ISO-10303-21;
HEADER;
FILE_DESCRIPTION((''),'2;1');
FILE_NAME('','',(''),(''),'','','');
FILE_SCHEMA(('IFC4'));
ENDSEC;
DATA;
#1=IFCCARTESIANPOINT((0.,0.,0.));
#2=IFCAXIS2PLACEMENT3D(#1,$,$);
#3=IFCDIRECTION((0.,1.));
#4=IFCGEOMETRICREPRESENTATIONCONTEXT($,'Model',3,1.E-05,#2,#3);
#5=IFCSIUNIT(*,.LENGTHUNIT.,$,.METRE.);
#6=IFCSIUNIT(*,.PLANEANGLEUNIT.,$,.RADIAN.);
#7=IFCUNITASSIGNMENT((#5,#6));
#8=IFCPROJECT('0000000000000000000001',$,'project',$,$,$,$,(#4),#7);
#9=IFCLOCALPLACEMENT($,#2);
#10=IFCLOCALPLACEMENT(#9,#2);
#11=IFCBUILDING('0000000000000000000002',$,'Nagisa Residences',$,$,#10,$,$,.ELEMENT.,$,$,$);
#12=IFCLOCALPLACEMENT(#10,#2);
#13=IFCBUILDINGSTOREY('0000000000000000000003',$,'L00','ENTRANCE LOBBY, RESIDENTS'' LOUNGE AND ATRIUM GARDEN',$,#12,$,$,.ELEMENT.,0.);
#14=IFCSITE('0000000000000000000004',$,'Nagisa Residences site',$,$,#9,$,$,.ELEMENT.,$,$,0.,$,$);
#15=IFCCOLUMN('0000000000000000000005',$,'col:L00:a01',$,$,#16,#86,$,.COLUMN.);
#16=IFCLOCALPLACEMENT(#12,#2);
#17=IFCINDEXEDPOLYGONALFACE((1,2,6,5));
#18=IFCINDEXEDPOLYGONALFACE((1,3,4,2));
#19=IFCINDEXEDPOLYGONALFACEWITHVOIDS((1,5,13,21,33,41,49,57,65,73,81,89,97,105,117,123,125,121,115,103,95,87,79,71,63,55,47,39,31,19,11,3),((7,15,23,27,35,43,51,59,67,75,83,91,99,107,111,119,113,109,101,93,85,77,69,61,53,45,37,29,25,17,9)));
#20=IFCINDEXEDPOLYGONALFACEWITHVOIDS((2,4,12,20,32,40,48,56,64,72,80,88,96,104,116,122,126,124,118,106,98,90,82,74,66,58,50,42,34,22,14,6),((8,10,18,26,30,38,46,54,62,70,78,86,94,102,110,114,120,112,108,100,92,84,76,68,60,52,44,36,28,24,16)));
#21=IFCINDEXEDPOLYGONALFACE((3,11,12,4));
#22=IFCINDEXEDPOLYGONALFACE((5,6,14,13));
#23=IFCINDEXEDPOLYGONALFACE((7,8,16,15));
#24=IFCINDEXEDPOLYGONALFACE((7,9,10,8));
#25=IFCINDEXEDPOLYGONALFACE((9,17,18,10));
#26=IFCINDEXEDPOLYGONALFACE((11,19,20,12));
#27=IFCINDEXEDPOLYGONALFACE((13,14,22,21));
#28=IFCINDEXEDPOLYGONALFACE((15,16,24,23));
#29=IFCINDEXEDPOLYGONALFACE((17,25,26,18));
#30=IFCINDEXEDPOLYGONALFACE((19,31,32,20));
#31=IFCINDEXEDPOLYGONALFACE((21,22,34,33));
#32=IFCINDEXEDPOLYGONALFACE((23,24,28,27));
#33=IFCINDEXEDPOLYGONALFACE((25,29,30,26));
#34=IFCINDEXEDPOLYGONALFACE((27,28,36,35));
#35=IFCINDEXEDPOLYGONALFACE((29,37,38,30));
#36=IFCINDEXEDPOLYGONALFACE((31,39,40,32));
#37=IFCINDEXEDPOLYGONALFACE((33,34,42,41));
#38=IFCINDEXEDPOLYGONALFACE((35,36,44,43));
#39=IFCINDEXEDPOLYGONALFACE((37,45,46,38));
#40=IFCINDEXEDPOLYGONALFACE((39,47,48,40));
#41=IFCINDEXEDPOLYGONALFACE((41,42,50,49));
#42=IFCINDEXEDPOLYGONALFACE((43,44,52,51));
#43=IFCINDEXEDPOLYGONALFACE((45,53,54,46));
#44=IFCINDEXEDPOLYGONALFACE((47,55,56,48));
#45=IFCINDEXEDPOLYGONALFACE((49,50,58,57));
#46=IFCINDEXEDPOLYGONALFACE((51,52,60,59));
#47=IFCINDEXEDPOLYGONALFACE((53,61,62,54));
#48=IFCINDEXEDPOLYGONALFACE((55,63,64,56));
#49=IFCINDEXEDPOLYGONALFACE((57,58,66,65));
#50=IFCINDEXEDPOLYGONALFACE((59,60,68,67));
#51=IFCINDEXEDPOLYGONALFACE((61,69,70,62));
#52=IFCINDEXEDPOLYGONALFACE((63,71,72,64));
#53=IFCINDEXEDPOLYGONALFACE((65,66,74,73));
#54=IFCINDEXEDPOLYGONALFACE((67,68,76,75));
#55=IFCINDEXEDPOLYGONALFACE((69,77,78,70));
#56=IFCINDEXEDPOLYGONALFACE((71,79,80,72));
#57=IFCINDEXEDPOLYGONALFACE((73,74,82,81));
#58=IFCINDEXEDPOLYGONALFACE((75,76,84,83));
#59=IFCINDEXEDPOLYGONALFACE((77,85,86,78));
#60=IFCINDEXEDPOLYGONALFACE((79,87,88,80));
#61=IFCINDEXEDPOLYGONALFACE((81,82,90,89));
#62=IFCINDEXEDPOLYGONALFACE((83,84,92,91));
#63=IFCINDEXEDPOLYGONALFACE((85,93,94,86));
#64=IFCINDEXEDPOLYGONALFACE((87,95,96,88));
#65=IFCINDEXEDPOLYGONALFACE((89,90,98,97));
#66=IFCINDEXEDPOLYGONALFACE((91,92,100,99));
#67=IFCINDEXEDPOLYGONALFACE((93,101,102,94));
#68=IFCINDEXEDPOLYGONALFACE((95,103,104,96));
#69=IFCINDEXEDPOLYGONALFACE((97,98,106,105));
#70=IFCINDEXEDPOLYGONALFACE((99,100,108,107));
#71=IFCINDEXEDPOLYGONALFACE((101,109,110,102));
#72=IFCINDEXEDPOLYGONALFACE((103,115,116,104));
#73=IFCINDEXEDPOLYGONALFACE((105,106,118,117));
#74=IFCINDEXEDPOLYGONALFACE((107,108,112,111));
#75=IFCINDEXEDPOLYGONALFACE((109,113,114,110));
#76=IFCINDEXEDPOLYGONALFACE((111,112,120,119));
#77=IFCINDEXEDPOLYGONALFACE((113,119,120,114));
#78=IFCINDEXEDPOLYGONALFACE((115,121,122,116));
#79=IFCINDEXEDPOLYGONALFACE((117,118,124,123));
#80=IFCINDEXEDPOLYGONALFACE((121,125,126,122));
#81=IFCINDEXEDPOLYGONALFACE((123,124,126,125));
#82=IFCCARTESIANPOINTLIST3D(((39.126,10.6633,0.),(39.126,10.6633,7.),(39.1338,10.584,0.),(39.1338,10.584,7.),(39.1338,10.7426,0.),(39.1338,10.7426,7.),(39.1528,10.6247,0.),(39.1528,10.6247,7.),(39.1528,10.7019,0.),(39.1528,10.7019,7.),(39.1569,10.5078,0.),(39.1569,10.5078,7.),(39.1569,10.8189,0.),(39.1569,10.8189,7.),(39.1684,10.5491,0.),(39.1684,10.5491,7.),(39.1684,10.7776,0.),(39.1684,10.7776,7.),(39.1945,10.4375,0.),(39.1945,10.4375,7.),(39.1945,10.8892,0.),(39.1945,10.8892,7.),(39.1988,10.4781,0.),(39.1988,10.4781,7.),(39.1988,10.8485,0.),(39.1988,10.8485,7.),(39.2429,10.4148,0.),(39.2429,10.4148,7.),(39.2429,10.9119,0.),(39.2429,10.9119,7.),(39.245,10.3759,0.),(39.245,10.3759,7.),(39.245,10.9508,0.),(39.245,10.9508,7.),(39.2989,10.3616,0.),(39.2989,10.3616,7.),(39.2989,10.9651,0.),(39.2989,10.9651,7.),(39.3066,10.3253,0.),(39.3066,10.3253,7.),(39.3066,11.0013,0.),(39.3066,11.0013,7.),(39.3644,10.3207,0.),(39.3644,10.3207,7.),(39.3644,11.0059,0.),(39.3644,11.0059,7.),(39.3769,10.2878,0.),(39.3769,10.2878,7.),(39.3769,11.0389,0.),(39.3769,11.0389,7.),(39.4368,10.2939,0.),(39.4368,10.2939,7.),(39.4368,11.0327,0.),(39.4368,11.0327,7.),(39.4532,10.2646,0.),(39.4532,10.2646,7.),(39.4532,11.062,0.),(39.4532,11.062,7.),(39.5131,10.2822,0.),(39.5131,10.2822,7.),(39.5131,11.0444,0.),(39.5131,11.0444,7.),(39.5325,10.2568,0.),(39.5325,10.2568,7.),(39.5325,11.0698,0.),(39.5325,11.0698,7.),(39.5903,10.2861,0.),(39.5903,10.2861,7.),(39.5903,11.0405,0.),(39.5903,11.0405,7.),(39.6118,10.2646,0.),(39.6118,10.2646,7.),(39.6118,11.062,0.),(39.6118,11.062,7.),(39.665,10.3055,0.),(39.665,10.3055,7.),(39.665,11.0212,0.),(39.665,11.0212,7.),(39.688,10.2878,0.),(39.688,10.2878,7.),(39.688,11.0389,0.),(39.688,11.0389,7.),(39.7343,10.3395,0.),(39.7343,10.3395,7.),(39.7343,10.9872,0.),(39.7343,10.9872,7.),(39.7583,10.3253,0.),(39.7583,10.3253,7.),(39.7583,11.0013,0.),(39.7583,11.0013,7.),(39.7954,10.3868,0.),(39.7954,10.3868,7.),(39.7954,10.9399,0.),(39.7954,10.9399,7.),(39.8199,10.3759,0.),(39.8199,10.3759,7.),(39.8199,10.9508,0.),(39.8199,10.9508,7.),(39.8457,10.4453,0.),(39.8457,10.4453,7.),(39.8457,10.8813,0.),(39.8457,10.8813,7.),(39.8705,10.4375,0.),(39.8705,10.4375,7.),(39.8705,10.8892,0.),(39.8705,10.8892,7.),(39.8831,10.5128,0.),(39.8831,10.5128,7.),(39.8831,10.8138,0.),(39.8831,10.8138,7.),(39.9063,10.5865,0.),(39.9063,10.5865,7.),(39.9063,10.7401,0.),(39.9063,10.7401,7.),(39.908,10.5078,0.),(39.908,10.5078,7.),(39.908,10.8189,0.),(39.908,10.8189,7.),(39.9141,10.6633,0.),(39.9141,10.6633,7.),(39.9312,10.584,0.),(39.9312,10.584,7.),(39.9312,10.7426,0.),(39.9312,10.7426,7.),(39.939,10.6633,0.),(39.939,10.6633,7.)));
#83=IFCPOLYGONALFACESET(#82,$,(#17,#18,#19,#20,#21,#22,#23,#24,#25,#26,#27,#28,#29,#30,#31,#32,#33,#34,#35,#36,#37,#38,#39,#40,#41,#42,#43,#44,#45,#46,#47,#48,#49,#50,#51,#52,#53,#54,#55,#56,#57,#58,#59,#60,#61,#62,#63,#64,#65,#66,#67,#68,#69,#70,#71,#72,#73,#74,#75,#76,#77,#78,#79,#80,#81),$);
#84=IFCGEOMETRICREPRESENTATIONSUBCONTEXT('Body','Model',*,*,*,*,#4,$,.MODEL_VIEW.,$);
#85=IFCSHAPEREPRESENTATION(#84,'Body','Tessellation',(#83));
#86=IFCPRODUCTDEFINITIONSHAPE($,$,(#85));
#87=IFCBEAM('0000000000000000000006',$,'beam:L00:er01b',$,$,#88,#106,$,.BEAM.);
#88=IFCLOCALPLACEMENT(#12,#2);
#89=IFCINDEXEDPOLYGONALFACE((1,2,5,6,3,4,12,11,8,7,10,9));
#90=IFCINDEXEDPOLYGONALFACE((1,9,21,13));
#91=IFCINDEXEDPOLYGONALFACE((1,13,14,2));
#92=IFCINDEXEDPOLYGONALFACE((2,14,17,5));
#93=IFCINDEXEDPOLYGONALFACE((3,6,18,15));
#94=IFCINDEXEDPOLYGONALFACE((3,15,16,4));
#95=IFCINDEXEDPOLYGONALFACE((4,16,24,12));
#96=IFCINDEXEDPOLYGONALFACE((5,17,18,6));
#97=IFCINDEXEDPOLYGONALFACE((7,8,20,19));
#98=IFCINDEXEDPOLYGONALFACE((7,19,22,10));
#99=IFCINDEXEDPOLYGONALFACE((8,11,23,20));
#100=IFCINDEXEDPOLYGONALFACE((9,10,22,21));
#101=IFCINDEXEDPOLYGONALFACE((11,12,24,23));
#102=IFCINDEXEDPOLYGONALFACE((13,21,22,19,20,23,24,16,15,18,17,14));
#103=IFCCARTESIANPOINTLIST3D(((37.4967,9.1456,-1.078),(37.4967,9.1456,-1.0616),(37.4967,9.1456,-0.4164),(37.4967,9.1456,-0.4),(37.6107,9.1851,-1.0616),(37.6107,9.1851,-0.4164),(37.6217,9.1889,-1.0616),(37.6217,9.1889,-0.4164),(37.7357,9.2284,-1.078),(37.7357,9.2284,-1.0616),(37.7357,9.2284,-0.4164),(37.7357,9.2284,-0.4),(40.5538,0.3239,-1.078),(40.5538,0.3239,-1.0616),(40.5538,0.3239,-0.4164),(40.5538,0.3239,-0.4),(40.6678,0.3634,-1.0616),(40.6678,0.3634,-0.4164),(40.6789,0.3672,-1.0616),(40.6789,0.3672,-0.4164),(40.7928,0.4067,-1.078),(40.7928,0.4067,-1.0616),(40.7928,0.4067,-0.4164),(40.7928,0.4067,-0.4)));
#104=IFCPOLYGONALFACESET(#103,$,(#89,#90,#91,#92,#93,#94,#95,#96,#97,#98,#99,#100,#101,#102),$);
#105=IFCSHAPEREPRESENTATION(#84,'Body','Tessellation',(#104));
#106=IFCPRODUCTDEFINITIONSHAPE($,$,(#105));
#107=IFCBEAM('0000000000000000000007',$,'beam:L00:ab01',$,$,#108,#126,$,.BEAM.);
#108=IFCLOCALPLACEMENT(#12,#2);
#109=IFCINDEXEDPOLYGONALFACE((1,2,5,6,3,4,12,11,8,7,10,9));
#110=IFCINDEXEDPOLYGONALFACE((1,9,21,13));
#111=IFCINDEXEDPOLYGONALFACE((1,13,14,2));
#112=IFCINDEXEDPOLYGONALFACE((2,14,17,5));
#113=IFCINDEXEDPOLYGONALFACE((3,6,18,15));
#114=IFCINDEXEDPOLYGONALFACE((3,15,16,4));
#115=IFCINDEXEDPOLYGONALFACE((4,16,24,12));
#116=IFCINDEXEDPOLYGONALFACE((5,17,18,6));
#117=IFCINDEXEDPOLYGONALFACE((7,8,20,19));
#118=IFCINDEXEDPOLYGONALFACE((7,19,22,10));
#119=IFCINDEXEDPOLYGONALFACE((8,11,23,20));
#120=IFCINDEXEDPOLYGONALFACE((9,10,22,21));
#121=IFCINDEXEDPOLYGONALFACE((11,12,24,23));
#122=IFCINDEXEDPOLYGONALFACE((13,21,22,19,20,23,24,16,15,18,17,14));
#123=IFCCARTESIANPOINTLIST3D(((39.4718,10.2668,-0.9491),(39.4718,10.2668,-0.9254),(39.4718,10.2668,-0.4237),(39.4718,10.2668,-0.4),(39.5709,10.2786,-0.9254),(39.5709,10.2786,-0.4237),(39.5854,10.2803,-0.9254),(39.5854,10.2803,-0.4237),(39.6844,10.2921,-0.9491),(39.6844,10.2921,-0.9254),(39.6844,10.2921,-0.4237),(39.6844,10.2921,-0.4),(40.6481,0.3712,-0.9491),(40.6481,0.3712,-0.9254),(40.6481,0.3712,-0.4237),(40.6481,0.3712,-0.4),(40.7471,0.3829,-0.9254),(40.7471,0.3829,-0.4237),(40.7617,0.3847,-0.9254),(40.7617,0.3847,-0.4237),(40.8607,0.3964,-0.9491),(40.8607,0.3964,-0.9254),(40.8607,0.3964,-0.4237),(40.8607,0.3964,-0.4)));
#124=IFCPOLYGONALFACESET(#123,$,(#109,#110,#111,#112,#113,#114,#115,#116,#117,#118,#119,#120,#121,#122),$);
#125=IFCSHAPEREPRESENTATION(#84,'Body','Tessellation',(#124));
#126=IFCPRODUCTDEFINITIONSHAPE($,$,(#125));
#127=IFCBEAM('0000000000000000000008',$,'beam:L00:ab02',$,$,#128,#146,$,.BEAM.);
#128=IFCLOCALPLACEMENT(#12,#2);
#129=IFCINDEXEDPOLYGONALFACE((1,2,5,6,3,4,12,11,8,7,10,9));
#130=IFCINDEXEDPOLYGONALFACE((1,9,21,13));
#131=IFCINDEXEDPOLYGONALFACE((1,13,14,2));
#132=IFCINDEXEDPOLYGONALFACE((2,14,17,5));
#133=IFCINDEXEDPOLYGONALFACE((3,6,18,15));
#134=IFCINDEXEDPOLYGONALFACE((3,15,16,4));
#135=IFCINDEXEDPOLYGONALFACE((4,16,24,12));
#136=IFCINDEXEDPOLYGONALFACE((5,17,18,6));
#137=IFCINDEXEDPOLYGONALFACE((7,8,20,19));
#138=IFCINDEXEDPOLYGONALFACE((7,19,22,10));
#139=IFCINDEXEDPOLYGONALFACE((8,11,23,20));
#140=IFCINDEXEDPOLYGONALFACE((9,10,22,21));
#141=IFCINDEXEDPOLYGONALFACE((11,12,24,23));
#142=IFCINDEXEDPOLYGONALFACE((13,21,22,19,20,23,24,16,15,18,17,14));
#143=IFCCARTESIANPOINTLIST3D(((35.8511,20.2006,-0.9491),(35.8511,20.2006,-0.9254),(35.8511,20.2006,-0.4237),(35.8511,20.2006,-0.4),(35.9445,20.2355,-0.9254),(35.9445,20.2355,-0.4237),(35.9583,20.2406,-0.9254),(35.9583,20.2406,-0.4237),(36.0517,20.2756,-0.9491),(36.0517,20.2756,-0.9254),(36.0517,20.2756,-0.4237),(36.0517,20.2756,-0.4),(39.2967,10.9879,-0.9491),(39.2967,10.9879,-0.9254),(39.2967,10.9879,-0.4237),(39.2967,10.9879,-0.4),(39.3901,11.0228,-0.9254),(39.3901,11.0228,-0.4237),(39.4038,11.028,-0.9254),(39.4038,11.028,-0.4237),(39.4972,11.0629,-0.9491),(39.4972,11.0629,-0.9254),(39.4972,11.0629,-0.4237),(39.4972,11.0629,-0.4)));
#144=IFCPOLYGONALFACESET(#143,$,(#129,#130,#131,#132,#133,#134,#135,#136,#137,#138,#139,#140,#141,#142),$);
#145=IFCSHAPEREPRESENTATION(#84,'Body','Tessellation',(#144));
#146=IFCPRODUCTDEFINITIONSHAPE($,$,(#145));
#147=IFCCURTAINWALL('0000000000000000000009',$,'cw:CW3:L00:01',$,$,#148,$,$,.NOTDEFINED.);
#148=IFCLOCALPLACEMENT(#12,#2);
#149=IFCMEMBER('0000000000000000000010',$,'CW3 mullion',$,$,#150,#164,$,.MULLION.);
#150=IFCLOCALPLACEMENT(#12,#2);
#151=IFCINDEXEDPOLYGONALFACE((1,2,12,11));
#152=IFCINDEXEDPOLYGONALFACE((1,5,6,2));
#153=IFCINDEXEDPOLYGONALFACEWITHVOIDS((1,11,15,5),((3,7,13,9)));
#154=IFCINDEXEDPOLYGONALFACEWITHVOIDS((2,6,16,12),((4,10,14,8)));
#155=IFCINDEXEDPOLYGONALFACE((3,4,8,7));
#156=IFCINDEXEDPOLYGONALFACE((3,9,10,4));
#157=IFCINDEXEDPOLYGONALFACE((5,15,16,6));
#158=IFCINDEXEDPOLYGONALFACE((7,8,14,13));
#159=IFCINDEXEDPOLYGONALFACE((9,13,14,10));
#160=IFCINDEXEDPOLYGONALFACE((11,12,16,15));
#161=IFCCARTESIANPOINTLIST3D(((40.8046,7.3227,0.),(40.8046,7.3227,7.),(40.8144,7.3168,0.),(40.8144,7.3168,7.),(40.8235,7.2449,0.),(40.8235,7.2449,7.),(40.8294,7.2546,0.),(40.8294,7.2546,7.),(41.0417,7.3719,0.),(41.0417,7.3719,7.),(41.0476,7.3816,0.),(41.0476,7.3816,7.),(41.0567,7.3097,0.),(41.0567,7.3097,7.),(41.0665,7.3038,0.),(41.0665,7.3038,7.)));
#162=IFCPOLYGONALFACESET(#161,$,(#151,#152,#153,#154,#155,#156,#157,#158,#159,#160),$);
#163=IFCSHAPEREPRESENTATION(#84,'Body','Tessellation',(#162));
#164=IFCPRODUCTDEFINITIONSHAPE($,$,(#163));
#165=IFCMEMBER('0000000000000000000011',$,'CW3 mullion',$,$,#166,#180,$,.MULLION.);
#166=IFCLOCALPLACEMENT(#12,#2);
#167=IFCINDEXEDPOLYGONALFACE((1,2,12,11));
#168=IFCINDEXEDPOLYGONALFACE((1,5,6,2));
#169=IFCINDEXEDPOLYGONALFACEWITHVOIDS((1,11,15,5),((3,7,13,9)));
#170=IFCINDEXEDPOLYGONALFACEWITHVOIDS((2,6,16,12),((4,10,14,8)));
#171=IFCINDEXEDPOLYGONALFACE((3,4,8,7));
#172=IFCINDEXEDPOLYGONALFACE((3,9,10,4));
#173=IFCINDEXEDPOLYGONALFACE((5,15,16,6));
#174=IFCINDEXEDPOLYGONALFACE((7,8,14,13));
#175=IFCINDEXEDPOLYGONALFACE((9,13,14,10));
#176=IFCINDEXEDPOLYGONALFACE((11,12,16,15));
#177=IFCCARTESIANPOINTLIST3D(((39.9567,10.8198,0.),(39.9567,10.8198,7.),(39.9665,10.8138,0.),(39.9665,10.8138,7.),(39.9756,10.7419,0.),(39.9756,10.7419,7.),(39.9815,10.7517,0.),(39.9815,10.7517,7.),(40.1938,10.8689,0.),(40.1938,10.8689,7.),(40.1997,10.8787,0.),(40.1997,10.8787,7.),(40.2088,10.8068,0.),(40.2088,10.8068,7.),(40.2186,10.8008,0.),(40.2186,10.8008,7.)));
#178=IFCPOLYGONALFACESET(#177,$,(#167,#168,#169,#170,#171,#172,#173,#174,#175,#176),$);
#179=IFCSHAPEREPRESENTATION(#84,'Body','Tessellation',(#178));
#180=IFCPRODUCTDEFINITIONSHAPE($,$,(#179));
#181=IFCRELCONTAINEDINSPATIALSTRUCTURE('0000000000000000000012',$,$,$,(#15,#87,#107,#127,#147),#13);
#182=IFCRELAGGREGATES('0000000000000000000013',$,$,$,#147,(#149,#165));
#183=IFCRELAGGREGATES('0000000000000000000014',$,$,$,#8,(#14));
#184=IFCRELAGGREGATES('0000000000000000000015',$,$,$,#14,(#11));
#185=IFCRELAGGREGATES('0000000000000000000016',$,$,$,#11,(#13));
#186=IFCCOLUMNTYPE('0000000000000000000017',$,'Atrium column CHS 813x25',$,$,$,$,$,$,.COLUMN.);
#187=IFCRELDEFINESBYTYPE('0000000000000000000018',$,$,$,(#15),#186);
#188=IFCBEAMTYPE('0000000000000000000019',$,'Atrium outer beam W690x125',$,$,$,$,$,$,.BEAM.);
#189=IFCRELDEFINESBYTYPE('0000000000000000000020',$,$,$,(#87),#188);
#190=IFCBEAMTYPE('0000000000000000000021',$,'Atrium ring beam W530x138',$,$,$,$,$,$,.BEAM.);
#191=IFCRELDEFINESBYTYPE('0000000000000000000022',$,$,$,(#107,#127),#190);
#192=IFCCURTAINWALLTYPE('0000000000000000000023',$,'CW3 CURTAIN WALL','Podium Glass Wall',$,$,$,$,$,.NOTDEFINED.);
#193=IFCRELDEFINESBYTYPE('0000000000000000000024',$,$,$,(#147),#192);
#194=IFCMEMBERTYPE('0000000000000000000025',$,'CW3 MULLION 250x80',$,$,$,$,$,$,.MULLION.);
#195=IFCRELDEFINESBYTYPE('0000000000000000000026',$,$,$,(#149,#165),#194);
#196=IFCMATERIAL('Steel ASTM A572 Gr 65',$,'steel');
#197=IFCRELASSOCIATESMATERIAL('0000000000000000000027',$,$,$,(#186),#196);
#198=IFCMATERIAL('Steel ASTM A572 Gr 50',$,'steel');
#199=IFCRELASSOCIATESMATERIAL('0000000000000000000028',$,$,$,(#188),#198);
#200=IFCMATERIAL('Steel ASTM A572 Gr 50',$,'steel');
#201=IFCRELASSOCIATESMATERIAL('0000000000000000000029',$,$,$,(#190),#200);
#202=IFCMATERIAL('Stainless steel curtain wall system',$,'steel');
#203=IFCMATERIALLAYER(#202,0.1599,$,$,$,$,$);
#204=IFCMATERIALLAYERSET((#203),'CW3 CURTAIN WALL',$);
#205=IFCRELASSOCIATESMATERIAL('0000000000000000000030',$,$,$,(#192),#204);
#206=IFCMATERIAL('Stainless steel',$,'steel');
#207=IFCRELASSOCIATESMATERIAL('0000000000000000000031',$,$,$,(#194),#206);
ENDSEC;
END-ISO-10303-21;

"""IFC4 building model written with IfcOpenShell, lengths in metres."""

from ifc_helpers import new_model, si_unit, direction, frame, origin, origin_2d, place, context, subcontext, project, spatial, hollow_rectangle, hollow_circle, i_section, extrude, material, layer, layer_set, material_profile, profile_set, type_object, element, aggregate, save


model = new_model("IFC4")

# Units and contexts
model_context = context("Model", 3, precision=1e-05, world=origin(), true_north=direction((0.0, 1.0)))
body_context = subcontext(model_context, "Body", "Model", "MODEL_VIEW")
ifc_project = project(units=[si_unit("LENGTHUNIT", "METRE"), si_unit("PLANEANGLEUNIT", "RADIAN")], contexts=[model_context])

# Site, building, storey
site_placement = place(None, origin())
site = spatial("IfcSite", under=ifc_project, at=site_placement, Name="Nagisa Residences site", CompositionType="ELEMENT", RefElevation=0.0)
building_placement = place(site_placement, origin())
building = spatial("IfcBuilding", under=site, at=building_placement, Name="Nagisa Residences", CompositionType="ELEMENT")
storey_placement = place(building_placement, origin())
storey = spatial("IfcBuildingStorey", under=building, at=storey_placement, Name="L00", Description="ENTRANCE LOBBY, RESIDENTS' LOUNGE AND ATRIUM GARDEN", CompositionType="ELEMENT", Elevation=0.0)

# Column
ifc_material_1 = material(Name="Steel ASTM A572 Gr 65", Category="steel")
ifc_material_profile_1 = material_profile(ifc_material_1, hollow_circle(Radius=0.4065, WallThickness=0.0249, at=origin_2d()), Name="CHS 813x25")
ifc_profile_set_1 = profile_set([ifc_material_profile_1], Name="Steel ASTM A572 Gr 65")
column_type = type_object("IfcColumnType", Name="Atrium column CHS 813x25", PredefinedType="COLUMN", material=ifc_profile_set_1)
column_placement = place(storey_placement, frame((39.5325, 10.6633, 0.0), z_axis=(0.0, 0.0, 1.0), x_axis=(1.0, 0.0, 0.0)))
element("IfcColumn", 1, at=column_placement, inside=storey, type_object=column_type, Name="col:L00:a01", PredefinedType="COLUMN", context=body_context, shape_type="SweptSolid", body=[
    extrude(hollow_circle(Radius=0.4065, WallThickness=0.0249, at=origin_2d()), origin(), (0.0, 0.0, 1.0), 7.0),
])

# Beams
ifc_material_2 = material(Name="Steel ASTM A572 Gr 50", Category="steel")
ifc_material_profile_2 = material_profile(ifc_material_2, i_section(OverallWidth=0.2529, OverallDepth=0.678, WebThickness=0.0117, FlangeThickness=0.0164, at=origin_2d()), Name="W690x125")
ifc_profile_set_2 = profile_set([ifc_material_profile_2], Name="Steel ASTM A572 Gr 50")
beam_type_1 = type_object("IfcBeamType", Name="Atrium outer beam W690x125", PredefinedType="BEAM", material=ifc_profile_set_2)
beam_1_placement = place(storey_placement, frame((37.6162, 9.187, -0.739), z_axis=(0.327439, -0.944872, 0.0), x_axis=(0.944872, 0.327439, 0.0)))
element("IfcBeam", 2, at=beam_1_placement, inside=storey, type_object=beam_type_1, Name="beam:L00:er01b", PredefinedType="BEAM", context=body_context, shape_type="SweptSolid", body=[
    extrude(i_section(OverallWidth=0.2529, OverallDepth=0.678, WebThickness=0.0117, FlangeThickness=0.0164, at=origin_2d()), origin(), (0.0, 0.0, 1.0), 9.3364),
])
ifc_material_3 = material(Name="Steel ASTM A572 Gr 50", Category="steel")
ifc_material_profile_3 = material_profile(ifc_material_3, i_section(OverallWidth=0.2141, OverallDepth=0.5491, WebThickness=0.0146, FlangeThickness=0.0237, at=origin_2d()), Name="W530x138")
ifc_profile_set_3 = profile_set([ifc_material_profile_3], Name="Steel ASTM A572 Gr 50")
beam_type_2 = type_object("IfcBeamType", Name="Atrium ring beam W530x138", PredefinedType="BEAM", material=ifc_profile_set_3)
beam_2_placement = place(storey_placement, frame((40.7544, 0.3838, -0.6746), z_axis=(-0.118035, 0.993009, 0.0), x_axis=(-0.993009, -0.118035, 0.0)))
element("IfcBeam", 3, at=beam_2_placement, inside=storey, type_object=beam_type_2, Name="beam:L00:ab01", PredefinedType="BEAM", context=body_context, shape_type="SweptSolid", body=[
    extrude(i_section(OverallWidth=0.2141, OverallDepth=0.5491, WebThickness=0.0146, FlangeThickness=0.0237, at=origin_2d()), origin(), (0.0, 0.0, 1.0), 9.9653),
])
beam_3_placement = place(storey_placement, frame((39.397, 11.0254, -0.6746), z_axis=(-0.350305, 0.936636, 0.0), x_axis=(-0.936636, -0.350305, 0.0)))
element("IfcBeam", 4, at=beam_3_placement, inside=storey, type_object=beam_type_2, Name="beam:L00:ab02", PredefinedType="BEAM", context=body_context, shape_type="SweptSolid", body=[
    extrude(i_section(OverallWidth=0.2141, OverallDepth=0.5491, WebThickness=0.0146, FlangeThickness=0.0237, at=origin_2d()), origin(), (0.0, 0.0, 1.0), 9.8359),
])

# Curtain wall, members
ifc_material_4 = material(Name="Stainless steel curtain wall system", Category="steel")
ifc_layer_1 = layer(ifc_material_4, 0.1599)
ifc_layer_set_1 = layer_set([ifc_layer_1], Name="CW3 CURTAIN WALL")
curtain_wall_type = type_object("IfcCurtainWallType", Name="CW3 CURTAIN WALL", Description="Podium Glass Wall", PredefinedType="NOTDEFINED", material=ifc_layer_set_1)
curtain_wall_1_placement = place(storey_placement, origin())
curtain_wall_1 = element("IfcCurtainWall", 5, at=curtain_wall_1_placement, inside=storey, type_object=curtain_wall_type, Name="cw:CW3:L00:01", PredefinedType="NOTDEFINED")
ifc_material_5 = material(Name="Stainless steel", Category="steel")
ifc_material_profile_4 = material_profile(ifc_material_5, hollow_rectangle(XDim=0.25, YDim=0.0801, WallThickness=0.0081, at=origin_2d()), Name="CW3 MULLION 250x80")
ifc_profile_set_4 = profile_set([ifc_material_profile_4], Name="Stainless steel")
member_type_1 = type_object("IfcMemberType", Name="CW3 MULLION 250x80", PredefinedType="MULLION", material=ifc_profile_set_4)
member_1_placement = place(storey_placement, frame((40.9355, 7.3132, 0.0), z_axis=(0.0, 0.0, 1.0), x_axis=(-0.971849, -0.235606, 0.0)))
member_1 = element("IfcMember", 6, at=member_1_placement, type_object=member_type_1, Name="CW3 mullion", PredefinedType="MULLION", context=body_context, shape_type="SweptSolid", body=[
    extrude(hollow_rectangle(XDim=0.25, YDim=0.0801, WallThickness=0.0081, at=origin_2d()), origin(), (0.0, 0.0, 1.0), 7.0),
])
member_2_placement = place(storey_placement, frame((40.0876, 10.8103, 0.0), z_axis=(0.0, 0.0, 1.0), x_axis=(-0.971849, -0.235606, 0.0)))
member_2 = element("IfcMember", 7, at=member_2_placement, type_object=member_type_1, Name="CW3 mullion", PredefinedType="MULLION", context=body_context, shape_type="SweptSolid", body=[
    extrude(hollow_rectangle(XDim=0.25, YDim=0.0801, WallThickness=0.0081, at=origin_2d()), origin(), (0.0, 0.0, 1.0), 7.0),
])

aggregate(curtain_wall_1, [member_1, member_2])

save(model, "model.ifc")
